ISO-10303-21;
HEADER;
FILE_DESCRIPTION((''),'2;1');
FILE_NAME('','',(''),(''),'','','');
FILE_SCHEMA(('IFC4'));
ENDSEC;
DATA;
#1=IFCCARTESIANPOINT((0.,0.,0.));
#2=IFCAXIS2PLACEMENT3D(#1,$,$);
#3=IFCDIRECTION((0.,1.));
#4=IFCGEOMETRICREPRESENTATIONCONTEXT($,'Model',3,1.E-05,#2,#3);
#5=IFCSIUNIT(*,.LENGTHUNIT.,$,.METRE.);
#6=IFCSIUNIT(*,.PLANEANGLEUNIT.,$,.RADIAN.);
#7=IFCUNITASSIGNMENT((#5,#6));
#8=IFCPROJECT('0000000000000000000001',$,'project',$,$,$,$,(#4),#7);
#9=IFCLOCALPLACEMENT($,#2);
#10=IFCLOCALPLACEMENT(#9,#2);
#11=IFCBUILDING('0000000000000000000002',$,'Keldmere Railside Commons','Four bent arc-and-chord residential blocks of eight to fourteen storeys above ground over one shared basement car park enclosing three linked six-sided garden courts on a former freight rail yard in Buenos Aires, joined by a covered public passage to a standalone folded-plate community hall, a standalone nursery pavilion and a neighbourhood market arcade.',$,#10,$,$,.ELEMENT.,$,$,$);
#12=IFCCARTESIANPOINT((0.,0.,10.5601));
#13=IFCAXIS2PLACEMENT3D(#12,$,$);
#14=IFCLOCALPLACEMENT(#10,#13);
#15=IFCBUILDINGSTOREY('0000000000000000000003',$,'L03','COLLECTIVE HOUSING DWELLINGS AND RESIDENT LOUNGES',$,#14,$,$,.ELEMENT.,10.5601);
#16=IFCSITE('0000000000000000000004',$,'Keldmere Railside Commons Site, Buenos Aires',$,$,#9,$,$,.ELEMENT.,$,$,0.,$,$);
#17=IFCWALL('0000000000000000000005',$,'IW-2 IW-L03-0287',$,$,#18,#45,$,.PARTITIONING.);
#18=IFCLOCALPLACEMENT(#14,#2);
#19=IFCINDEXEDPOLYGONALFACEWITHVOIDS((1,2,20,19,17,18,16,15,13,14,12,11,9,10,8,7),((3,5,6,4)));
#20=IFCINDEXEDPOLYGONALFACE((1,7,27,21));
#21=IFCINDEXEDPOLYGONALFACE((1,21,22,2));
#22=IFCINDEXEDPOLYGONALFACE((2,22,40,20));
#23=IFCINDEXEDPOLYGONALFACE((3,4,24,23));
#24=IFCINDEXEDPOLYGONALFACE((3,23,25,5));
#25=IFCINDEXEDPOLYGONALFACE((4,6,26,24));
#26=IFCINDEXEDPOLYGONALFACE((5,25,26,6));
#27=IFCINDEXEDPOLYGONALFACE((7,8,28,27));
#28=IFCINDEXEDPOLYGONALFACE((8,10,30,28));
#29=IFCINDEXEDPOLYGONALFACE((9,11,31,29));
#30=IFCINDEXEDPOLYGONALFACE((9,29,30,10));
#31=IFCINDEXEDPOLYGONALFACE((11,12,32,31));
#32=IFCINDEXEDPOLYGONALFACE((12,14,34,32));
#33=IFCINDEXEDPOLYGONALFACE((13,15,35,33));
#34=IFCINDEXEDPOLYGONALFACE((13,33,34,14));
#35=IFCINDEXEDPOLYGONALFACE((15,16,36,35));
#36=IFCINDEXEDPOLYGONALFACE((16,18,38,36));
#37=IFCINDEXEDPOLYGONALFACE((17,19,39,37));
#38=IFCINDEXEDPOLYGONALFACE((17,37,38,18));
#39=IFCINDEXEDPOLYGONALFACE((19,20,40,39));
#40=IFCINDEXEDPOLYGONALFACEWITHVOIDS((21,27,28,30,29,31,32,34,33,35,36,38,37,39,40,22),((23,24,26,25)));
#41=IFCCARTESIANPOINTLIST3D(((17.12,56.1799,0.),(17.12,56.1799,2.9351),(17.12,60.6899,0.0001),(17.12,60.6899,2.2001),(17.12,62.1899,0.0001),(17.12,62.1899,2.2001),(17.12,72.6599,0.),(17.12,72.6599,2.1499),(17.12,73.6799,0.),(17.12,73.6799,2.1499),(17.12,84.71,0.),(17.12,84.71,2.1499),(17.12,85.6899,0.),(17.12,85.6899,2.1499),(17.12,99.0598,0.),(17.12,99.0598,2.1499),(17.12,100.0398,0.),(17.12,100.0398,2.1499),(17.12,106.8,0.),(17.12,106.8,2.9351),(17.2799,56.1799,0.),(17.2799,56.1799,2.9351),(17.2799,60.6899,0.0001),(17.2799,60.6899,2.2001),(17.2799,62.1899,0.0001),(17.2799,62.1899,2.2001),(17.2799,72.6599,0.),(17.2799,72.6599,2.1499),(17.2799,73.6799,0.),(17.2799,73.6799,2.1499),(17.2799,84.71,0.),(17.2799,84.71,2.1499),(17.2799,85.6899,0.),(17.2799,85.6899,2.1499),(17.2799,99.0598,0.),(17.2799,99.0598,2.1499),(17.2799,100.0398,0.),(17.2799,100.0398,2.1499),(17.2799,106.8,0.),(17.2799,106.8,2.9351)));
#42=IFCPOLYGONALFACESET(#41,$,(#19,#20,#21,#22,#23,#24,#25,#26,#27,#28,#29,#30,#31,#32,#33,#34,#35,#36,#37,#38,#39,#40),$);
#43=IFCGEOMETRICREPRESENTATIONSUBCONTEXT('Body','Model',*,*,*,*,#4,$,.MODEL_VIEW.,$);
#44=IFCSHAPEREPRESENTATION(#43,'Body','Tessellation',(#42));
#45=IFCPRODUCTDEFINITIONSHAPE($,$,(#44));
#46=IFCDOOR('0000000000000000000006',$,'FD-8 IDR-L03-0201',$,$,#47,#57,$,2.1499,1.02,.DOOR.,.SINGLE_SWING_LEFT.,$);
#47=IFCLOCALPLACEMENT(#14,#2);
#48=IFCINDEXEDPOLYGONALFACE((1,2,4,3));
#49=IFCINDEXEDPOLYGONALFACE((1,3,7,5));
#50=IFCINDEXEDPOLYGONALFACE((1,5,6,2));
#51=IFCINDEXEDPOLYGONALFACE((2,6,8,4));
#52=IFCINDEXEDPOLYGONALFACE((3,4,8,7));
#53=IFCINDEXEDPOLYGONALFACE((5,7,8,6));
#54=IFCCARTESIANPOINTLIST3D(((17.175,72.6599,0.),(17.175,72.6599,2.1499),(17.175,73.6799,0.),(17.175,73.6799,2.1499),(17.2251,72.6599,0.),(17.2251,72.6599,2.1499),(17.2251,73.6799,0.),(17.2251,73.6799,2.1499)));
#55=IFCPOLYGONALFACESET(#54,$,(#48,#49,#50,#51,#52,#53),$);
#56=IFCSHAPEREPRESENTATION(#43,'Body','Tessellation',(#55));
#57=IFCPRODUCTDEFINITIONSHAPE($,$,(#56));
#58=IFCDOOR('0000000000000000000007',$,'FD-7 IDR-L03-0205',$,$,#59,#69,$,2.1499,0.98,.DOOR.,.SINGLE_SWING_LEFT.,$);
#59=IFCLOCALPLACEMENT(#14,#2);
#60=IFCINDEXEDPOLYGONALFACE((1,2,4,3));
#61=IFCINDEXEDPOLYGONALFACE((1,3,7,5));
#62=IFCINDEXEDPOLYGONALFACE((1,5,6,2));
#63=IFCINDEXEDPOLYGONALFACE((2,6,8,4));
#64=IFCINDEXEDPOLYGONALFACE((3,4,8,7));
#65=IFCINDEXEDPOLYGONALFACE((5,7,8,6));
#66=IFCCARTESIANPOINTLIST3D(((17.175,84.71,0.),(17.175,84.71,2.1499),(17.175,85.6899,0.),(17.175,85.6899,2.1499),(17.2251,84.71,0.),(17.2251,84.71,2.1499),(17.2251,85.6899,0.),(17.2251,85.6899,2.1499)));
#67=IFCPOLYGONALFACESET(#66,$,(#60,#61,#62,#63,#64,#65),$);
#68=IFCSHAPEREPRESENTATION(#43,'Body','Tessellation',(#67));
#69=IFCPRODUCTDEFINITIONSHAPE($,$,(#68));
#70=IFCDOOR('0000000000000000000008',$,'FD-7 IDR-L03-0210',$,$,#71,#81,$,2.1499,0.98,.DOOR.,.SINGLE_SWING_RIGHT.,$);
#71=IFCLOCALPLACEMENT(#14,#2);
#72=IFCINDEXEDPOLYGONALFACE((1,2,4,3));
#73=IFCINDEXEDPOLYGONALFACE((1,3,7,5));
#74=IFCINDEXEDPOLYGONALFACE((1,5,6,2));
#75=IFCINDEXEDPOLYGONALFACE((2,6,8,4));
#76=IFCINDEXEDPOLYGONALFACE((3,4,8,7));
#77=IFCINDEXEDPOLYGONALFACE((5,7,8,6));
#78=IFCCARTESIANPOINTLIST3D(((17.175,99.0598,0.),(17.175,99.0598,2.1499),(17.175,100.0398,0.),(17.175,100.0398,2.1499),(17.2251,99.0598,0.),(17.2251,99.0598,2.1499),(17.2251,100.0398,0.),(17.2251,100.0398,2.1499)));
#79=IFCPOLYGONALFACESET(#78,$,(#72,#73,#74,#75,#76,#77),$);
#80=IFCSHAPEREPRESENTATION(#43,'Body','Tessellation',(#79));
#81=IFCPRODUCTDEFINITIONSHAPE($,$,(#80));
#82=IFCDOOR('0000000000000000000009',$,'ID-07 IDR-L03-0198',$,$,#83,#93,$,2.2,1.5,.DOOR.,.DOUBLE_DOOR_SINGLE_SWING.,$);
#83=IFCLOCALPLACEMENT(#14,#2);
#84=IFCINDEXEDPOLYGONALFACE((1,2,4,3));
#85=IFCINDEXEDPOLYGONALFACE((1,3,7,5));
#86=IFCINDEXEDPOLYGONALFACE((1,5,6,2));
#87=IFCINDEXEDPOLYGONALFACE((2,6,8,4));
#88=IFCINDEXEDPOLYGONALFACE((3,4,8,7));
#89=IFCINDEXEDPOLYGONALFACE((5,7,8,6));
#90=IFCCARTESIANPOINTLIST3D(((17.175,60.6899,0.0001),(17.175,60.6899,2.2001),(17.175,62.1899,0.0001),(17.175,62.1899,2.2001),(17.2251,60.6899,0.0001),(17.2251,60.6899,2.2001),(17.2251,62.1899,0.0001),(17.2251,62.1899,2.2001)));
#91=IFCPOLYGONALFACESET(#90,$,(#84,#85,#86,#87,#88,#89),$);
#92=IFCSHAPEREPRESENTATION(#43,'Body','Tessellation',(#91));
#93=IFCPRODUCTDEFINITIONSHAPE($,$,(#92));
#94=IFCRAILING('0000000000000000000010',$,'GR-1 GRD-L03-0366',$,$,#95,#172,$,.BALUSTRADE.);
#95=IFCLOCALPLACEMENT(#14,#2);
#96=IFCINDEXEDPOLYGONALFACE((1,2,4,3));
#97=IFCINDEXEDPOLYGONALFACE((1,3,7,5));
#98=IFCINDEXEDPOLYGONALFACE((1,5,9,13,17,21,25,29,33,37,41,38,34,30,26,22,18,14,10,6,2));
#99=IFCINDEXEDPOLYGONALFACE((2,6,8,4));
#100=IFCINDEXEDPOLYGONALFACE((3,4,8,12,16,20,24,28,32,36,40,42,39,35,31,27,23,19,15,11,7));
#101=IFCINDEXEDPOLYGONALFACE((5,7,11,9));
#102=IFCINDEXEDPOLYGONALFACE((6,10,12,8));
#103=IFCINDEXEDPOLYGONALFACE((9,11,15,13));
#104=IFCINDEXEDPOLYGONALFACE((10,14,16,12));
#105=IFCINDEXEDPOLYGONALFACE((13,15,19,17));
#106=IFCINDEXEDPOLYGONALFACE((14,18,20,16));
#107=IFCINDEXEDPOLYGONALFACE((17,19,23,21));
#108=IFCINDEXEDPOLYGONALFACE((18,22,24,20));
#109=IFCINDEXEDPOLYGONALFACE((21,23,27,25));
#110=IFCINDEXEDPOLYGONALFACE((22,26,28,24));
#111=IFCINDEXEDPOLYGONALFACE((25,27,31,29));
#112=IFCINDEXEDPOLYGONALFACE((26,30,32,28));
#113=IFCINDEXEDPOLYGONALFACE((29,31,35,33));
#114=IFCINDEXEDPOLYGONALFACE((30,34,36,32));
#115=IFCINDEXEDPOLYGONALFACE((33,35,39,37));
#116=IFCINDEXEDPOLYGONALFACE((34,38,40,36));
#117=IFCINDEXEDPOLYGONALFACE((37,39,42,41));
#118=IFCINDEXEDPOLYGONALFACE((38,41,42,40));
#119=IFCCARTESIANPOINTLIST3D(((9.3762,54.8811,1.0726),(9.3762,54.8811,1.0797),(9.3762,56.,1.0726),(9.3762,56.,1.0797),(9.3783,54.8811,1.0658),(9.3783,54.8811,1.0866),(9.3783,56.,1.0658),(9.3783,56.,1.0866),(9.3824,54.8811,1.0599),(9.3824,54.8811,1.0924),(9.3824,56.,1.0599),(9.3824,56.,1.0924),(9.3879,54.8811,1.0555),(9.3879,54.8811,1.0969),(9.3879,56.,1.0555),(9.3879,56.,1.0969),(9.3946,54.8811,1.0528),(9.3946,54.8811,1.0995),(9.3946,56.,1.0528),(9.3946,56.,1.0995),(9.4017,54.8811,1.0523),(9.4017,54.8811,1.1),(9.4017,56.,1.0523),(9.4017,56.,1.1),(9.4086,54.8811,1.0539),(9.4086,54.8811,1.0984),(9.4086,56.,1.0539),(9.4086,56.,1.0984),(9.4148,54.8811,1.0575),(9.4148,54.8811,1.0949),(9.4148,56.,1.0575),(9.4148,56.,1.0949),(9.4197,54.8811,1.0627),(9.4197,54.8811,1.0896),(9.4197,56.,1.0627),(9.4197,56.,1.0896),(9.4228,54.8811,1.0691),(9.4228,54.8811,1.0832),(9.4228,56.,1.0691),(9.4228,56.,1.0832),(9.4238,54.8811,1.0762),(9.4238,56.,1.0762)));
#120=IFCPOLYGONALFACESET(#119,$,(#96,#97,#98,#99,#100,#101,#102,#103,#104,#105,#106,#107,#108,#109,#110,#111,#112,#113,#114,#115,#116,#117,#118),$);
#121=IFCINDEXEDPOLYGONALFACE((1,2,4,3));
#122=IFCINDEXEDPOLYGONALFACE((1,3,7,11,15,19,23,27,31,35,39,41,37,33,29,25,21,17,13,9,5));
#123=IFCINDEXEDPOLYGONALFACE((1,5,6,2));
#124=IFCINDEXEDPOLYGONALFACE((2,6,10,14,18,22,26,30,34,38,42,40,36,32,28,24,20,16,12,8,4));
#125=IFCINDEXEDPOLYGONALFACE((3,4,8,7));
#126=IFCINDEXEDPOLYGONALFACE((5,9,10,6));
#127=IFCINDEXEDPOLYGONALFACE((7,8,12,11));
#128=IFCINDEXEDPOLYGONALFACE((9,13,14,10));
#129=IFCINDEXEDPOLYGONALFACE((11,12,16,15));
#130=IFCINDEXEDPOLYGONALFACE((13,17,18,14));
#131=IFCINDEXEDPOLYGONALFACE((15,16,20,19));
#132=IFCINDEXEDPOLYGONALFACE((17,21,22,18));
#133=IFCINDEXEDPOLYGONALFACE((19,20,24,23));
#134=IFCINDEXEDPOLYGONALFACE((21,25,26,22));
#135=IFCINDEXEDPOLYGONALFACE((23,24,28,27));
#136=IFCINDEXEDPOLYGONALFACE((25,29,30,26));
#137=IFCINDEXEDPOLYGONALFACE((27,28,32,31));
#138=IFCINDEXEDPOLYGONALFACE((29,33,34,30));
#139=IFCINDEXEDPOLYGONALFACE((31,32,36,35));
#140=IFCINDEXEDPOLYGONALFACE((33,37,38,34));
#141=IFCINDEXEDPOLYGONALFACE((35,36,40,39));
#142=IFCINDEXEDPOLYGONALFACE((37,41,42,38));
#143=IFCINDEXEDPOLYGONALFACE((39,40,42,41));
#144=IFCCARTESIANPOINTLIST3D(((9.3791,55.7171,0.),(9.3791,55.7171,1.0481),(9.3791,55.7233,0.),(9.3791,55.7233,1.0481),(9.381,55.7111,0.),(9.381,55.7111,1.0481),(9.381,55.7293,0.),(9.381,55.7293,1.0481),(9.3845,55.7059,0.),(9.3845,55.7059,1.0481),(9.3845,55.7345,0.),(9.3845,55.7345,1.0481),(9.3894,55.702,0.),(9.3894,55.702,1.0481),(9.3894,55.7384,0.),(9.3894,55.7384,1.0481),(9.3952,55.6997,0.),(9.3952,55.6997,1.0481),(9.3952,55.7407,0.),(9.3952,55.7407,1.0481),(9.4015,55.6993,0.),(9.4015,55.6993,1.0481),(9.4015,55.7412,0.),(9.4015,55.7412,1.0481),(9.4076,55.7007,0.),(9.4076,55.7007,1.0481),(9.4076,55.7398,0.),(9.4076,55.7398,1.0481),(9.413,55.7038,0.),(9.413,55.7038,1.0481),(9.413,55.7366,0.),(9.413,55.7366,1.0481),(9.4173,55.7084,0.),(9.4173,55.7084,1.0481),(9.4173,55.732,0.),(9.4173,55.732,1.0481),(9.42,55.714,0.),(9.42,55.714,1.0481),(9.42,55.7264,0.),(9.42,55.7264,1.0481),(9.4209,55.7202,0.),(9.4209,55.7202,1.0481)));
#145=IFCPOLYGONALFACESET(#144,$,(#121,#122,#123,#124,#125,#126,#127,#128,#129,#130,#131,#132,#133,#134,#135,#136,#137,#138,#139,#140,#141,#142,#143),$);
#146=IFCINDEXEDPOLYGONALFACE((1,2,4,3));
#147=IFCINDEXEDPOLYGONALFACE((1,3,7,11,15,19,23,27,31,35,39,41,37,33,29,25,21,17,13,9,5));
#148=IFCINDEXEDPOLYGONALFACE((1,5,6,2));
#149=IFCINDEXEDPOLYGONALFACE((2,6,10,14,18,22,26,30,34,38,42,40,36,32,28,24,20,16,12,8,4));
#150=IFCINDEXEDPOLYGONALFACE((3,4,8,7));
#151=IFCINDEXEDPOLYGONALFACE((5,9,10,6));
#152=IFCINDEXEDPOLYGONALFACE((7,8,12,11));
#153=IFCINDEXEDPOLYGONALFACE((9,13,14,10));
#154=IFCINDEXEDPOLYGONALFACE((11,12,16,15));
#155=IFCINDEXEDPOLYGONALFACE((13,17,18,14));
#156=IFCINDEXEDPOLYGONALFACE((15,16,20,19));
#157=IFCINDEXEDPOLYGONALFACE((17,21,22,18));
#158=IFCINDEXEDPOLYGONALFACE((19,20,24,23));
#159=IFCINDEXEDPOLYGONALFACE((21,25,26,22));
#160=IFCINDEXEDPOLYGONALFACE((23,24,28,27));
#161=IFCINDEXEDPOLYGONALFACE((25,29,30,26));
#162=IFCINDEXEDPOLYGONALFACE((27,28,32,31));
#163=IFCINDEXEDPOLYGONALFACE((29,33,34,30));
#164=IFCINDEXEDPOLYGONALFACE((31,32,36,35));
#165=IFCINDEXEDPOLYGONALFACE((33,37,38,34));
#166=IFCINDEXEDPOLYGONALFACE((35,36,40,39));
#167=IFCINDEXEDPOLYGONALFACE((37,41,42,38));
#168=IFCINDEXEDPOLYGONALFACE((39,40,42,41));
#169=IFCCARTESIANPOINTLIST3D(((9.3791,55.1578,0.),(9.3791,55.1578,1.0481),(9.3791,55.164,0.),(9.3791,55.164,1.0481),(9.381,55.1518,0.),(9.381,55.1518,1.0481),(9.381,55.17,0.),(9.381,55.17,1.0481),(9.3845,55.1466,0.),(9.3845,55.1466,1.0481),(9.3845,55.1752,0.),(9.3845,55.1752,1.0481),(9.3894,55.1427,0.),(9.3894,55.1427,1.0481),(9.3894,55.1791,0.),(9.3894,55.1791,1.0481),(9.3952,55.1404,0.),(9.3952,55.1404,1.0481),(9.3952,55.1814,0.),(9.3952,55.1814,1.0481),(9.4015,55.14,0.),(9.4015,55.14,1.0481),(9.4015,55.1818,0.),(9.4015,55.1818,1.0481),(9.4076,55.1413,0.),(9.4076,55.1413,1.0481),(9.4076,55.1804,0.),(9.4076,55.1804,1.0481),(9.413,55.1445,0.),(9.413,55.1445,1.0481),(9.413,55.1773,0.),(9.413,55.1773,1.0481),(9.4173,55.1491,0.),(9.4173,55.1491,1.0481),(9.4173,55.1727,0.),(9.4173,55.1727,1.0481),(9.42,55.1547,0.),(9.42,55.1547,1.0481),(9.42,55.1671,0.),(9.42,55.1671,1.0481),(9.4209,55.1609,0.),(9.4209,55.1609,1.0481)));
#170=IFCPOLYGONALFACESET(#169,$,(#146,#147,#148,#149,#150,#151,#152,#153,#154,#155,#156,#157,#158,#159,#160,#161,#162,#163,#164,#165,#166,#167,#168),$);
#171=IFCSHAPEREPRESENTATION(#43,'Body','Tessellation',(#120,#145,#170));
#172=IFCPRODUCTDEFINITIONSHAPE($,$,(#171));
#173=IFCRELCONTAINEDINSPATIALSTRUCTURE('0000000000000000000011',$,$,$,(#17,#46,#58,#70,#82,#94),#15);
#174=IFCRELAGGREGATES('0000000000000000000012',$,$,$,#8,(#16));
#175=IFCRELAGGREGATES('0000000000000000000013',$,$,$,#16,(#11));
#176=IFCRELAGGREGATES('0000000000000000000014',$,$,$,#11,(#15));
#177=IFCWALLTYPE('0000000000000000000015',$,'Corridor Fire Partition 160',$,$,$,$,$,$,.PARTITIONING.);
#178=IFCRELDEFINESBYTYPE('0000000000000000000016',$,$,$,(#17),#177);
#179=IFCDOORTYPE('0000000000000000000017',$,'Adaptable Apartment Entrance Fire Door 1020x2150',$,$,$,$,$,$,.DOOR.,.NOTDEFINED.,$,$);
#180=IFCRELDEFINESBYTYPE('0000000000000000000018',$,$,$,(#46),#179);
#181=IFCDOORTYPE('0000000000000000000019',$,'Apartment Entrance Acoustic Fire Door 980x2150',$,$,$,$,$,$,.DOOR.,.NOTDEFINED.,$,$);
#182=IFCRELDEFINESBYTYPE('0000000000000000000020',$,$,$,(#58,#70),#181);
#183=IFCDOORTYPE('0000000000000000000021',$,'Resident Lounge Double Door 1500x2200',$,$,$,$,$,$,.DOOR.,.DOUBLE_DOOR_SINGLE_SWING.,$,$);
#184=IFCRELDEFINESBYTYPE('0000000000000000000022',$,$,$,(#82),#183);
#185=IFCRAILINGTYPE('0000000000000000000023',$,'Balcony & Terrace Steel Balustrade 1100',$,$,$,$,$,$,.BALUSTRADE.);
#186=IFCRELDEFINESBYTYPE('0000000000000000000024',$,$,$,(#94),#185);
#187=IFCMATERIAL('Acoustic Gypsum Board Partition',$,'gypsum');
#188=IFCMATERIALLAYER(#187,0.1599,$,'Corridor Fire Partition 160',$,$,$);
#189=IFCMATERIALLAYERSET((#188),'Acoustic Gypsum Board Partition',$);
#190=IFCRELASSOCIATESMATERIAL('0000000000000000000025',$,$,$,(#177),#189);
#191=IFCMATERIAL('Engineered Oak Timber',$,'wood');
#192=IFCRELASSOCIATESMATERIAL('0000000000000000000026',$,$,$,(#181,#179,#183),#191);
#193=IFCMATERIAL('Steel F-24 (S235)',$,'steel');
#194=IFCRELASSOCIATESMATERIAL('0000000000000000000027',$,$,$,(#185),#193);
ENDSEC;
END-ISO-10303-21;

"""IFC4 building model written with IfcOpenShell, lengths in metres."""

from ifc_helpers import new_model, si_unit, direction, frame, frame_2d, origin, origin_2d, place, context, subcontext, project, spatial, rectangle, circle, extrude, material, layer, layer_set, type_object, element, fill, save


model = new_model("IFC4")

# Units and contexts
model_context = context("Model", 3, precision=1e-05, world=origin(), true_north=direction((0.0, 1.0)))
body_context = subcontext(model_context, "Body", "Model", "MODEL_VIEW")
ifc_project = project(units=[si_unit("LENGTHUNIT", "METRE"), si_unit("PLANEANGLEUNIT", "RADIAN")], contexts=[model_context])

# Site, building, storey
site_placement = place(None, origin())
site = spatial("IfcSite", under=ifc_project, at=site_placement, Name="Keldmere Railside Commons Site, Buenos Aires", CompositionType="ELEMENT", RefElevation=0.0)
building_placement = place(site_placement, origin())
building = spatial("IfcBuilding", under=site, at=building_placement, Name="Keldmere Railside Commons", Description="Four bent arc-and-chord residential blocks of eight to fourteen storeys above ground over one shared basement car park enclosing three linked six-sided garden courts on a former freight rail yard in Buenos Aires, joined by a covered public passage to a standalone folded-plate community hall, a standalone nursery pavilion and a neighbourhood market arcade.", CompositionType="ELEMENT")
storey_placement = place(building_placement, frame((0.0, 0.0, 10.5601)))
storey = spatial("IfcBuildingStorey", under=building, at=storey_placement, Name="L03", Description="COLLECTIVE HOUSING DWELLINGS AND RESIDENT LOUNGES", CompositionType="ELEMENT", Elevation=10.5601)

# Wall, openings, doors
ifc_material_1 = material(Name="Acoustic Gypsum Board Partition", Category="gypsum")
ifc_layer = layer(ifc_material_1, 0.1599, Name="Corridor Fire Partition 160")
ifc_layer_set = layer_set([ifc_layer], Name="Acoustic Gypsum Board Partition")
wall_type = type_object("IfcWallType", Name="Corridor Fire Partition 160", PredefinedType="PARTITIONING", material=ifc_layer_set)
ifc_material_2 = material(Name="Engineered Oak Timber", Category="wood")
door_type_1 = type_object("IfcDoorType", Name="Apartment Entrance Acoustic Fire Door 980x2150", OperationType="NOTDEFINED", PredefinedType="DOOR", material=ifc_material_2)
ifc_material_3 = material(Name="Steel F-24 (S235)", Category="steel")
wall_1_placement = place(storey_placement, frame((17.2, 56.1799, 0.0), z_axis=(0.0, 0.0, 1.0), x_axis=(0.0, 1.0, 0.0)))
wall_1 = element("IfcWall", 1, at=wall_1_placement, inside=storey, type_object=wall_type, Name="IW-2 IW-L03-0287", PredefinedType="PARTITIONING", context=body_context, shape_type="SweptSolid", body=[
    extrude(rectangle(XDim=50.6201, YDim=0.1599, at=frame_2d((25.3101, 0.0))), origin(), (0.0, 0.0, 1.0), 2.9351),
])
opening_1_placement = place(wall_1_placement, frame((4.51, 0.0, 0.0)))
opening_1 = element("IfcOpeningElement", 2, at=opening_1_placement, cuts=wall_1, PredefinedType="OPENING", context=body_context, shape_type="SweptSolid", body=[
    extrude(rectangle(XDim=1.5, YDim=2.2, at=frame_2d((0.75, 1.1001))), frame((0.0, 0.0898, 0.0), z_axis=(0.0, -1.0, 0.0), x_axis=(1.0, 0.0, 0.0)), (0.0, 0.0, 1.0), 0.1799),
])
opening_2_placement = place(wall_1_placement, frame((16.48, 0.0, 0.0)))
opening_2 = element("IfcOpeningElement", 3, at=opening_2_placement, cuts=wall_1, PredefinedType="OPENING", context=body_context, shape_type="SweptSolid", body=[
    extrude(rectangle(XDim=1.02, YDim=2.1499, at=frame_2d((0.51, 1.075))), frame((0.0, 0.0898, 0.0), z_axis=(0.0, -1.0, 0.0), x_axis=(1.0, 0.0, 0.0)), (0.0, 0.0, 1.0), 0.1799),
])
opening_3_placement = place(wall_1_placement, frame((28.53, 0.0, 0.0)))
opening_3 = element("IfcOpeningElement", 4, at=opening_3_placement, cuts=wall_1, PredefinedType="OPENING", context=body_context, shape_type="SweptSolid", body=[
    extrude(rectangle(XDim=0.98, YDim=2.1499, at=frame_2d((0.49, 1.075))), frame((0.0, 0.0898, 0.0), z_axis=(0.0, -1.0, 0.0), x_axis=(1.0, 0.0, 0.0)), (0.0, 0.0, 1.0), 0.1799),
])
opening_4_placement = place(wall_1_placement, frame((42.8799, 0.0, 0.0)))
opening_4 = element("IfcOpeningElement", 5, at=opening_4_placement, cuts=wall_1, PredefinedType="OPENING", context=body_context, shape_type="SweptSolid", body=[
    extrude(rectangle(XDim=0.98, YDim=2.1499, at=frame_2d((0.49, 1.075))), frame((0.0, 0.0898, 0.0), z_axis=(0.0, -1.0, 0.0), x_axis=(1.0, 0.0, 0.0)), (0.0, 0.0, 1.0), 0.1799),
])
door_type_2 = type_object("IfcDoorType", Name="Adaptable Apartment Entrance Fire Door 1020x2150", OperationType="NOTDEFINED", PredefinedType="DOOR", material=ifc_material_2)
door_1_placement = place(opening_2_placement, origin())
door_1 = element("IfcDoor", 6, at=door_1_placement, inside=storey, type_object=door_type_2, Name="FD-8 IDR-L03-0201", OperationType="SINGLE_SWING_LEFT", OverallHeight=2.1499, OverallWidth=1.02, PredefinedType="DOOR", context=body_context, shape_type="SweptSolid", body=[
    extrude(rectangle(XDim=1.02, YDim=2.1499, at=frame_2d((0.51, 1.075))), frame((0.0, 0.0249, 0.0), z_axis=(0.0, -1.0, 0.0), x_axis=(1.0, 0.0, 0.0)), (0.0, 0.0, 1.0), 0.05),
])
fill(opening_2, door_1)
door_2_placement = place(opening_3_placement, origin())
door_2 = element("IfcDoor", 7, at=door_2_placement, inside=storey, type_object=door_type_1, Name="FD-7 IDR-L03-0205", OperationType="SINGLE_SWING_LEFT", OverallHeight=2.1499, OverallWidth=0.98, PredefinedType="DOOR", context=body_context, shape_type="SweptSolid", body=[
    extrude(rectangle(XDim=0.98, YDim=2.1499, at=frame_2d((0.49, 1.075))), frame((0.0, 0.0249, 0.0), z_axis=(0.0, -1.0, 0.0), x_axis=(1.0, 0.0, 0.0)), (0.0, 0.0, 1.0), 0.05),
])
fill(opening_3, door_2)
door_3_placement = place(opening_4_placement, origin())
door_3 = element("IfcDoor", 8, at=door_3_placement, inside=storey, type_object=door_type_1, Name="FD-7 IDR-L03-0210", OperationType="SINGLE_SWING_RIGHT", OverallHeight=2.1499, OverallWidth=0.98, PredefinedType="DOOR", context=body_context, shape_type="SweptSolid", body=[
    extrude(rectangle(XDim=0.98, YDim=2.1499, at=frame_2d((0.49, 1.075))), frame((0.0, 0.0249, 0.0), z_axis=(0.0, -1.0, 0.0), x_axis=(1.0, 0.0, 0.0)), (0.0, 0.0, 1.0), 0.05),
])
fill(opening_4, door_3)
door_type_3 = type_object("IfcDoorType", Name="Resident Lounge Double Door 1500x2200", OperationType="DOUBLE_DOOR_SINGLE_SWING", PredefinedType="DOOR", material=ifc_material_2)
door_4_placement = place(opening_1_placement, origin())
door_4 = element("IfcDoor", 9, at=door_4_placement, inside=storey, type_object=door_type_3, Name="ID-07 IDR-L03-0198", OperationType="DOUBLE_DOOR_SINGLE_SWING", OverallHeight=2.2, OverallWidth=1.5, PredefinedType="DOOR", context=body_context, shape_type="SweptSolid", body=[
    extrude(rectangle(XDim=1.5, YDim=2.2, at=frame_2d((0.75, 1.1001))), frame((0.0, 0.0249, 0.0), z_axis=(0.0, -1.0, 0.0), x_axis=(1.0, 0.0, 0.0)), (0.0, 0.0, 1.0), 0.05),
])
fill(opening_1, door_4)

# Railing
railing_type = type_object("IfcRailingType", Name="Balcony & Terrace Steel Balustrade 1100", PredefinedType="BALUSTRADE", material=ifc_material_3)
railing_1_placement = place(storey_placement, frame((9.3999, 56.0, 0.0)))
element("IfcRailing", 10, at=railing_1_placement, inside=storey, type_object=railing_type, Name="GR-1 GRD-L03-0366", PredefinedType="BALUSTRADE", context=body_context, shape_type="SweptSolid", body=[
    extrude(circle(Radius=0.0239, at=origin_2d()), frame((0.0, 0.0, 1.0762), z_axis=(0.0, -1.0, 0.0), x_axis=(1.0, 0.0, 0.0)), (0.0, 0.0, 1.0), 1.1189),
    extrude(circle(Radius=0.021, at=origin_2d()), frame((0.0, -0.2798, 0.0)), (0.0, 0.0, 1.0), 1.0481),
    extrude(circle(Radius=0.021, at=origin_2d()), frame((0.0, -0.8391, 0.0)), (0.0, 0.0, 1.0), 1.0481),
])

save(model, "model.ifc")
